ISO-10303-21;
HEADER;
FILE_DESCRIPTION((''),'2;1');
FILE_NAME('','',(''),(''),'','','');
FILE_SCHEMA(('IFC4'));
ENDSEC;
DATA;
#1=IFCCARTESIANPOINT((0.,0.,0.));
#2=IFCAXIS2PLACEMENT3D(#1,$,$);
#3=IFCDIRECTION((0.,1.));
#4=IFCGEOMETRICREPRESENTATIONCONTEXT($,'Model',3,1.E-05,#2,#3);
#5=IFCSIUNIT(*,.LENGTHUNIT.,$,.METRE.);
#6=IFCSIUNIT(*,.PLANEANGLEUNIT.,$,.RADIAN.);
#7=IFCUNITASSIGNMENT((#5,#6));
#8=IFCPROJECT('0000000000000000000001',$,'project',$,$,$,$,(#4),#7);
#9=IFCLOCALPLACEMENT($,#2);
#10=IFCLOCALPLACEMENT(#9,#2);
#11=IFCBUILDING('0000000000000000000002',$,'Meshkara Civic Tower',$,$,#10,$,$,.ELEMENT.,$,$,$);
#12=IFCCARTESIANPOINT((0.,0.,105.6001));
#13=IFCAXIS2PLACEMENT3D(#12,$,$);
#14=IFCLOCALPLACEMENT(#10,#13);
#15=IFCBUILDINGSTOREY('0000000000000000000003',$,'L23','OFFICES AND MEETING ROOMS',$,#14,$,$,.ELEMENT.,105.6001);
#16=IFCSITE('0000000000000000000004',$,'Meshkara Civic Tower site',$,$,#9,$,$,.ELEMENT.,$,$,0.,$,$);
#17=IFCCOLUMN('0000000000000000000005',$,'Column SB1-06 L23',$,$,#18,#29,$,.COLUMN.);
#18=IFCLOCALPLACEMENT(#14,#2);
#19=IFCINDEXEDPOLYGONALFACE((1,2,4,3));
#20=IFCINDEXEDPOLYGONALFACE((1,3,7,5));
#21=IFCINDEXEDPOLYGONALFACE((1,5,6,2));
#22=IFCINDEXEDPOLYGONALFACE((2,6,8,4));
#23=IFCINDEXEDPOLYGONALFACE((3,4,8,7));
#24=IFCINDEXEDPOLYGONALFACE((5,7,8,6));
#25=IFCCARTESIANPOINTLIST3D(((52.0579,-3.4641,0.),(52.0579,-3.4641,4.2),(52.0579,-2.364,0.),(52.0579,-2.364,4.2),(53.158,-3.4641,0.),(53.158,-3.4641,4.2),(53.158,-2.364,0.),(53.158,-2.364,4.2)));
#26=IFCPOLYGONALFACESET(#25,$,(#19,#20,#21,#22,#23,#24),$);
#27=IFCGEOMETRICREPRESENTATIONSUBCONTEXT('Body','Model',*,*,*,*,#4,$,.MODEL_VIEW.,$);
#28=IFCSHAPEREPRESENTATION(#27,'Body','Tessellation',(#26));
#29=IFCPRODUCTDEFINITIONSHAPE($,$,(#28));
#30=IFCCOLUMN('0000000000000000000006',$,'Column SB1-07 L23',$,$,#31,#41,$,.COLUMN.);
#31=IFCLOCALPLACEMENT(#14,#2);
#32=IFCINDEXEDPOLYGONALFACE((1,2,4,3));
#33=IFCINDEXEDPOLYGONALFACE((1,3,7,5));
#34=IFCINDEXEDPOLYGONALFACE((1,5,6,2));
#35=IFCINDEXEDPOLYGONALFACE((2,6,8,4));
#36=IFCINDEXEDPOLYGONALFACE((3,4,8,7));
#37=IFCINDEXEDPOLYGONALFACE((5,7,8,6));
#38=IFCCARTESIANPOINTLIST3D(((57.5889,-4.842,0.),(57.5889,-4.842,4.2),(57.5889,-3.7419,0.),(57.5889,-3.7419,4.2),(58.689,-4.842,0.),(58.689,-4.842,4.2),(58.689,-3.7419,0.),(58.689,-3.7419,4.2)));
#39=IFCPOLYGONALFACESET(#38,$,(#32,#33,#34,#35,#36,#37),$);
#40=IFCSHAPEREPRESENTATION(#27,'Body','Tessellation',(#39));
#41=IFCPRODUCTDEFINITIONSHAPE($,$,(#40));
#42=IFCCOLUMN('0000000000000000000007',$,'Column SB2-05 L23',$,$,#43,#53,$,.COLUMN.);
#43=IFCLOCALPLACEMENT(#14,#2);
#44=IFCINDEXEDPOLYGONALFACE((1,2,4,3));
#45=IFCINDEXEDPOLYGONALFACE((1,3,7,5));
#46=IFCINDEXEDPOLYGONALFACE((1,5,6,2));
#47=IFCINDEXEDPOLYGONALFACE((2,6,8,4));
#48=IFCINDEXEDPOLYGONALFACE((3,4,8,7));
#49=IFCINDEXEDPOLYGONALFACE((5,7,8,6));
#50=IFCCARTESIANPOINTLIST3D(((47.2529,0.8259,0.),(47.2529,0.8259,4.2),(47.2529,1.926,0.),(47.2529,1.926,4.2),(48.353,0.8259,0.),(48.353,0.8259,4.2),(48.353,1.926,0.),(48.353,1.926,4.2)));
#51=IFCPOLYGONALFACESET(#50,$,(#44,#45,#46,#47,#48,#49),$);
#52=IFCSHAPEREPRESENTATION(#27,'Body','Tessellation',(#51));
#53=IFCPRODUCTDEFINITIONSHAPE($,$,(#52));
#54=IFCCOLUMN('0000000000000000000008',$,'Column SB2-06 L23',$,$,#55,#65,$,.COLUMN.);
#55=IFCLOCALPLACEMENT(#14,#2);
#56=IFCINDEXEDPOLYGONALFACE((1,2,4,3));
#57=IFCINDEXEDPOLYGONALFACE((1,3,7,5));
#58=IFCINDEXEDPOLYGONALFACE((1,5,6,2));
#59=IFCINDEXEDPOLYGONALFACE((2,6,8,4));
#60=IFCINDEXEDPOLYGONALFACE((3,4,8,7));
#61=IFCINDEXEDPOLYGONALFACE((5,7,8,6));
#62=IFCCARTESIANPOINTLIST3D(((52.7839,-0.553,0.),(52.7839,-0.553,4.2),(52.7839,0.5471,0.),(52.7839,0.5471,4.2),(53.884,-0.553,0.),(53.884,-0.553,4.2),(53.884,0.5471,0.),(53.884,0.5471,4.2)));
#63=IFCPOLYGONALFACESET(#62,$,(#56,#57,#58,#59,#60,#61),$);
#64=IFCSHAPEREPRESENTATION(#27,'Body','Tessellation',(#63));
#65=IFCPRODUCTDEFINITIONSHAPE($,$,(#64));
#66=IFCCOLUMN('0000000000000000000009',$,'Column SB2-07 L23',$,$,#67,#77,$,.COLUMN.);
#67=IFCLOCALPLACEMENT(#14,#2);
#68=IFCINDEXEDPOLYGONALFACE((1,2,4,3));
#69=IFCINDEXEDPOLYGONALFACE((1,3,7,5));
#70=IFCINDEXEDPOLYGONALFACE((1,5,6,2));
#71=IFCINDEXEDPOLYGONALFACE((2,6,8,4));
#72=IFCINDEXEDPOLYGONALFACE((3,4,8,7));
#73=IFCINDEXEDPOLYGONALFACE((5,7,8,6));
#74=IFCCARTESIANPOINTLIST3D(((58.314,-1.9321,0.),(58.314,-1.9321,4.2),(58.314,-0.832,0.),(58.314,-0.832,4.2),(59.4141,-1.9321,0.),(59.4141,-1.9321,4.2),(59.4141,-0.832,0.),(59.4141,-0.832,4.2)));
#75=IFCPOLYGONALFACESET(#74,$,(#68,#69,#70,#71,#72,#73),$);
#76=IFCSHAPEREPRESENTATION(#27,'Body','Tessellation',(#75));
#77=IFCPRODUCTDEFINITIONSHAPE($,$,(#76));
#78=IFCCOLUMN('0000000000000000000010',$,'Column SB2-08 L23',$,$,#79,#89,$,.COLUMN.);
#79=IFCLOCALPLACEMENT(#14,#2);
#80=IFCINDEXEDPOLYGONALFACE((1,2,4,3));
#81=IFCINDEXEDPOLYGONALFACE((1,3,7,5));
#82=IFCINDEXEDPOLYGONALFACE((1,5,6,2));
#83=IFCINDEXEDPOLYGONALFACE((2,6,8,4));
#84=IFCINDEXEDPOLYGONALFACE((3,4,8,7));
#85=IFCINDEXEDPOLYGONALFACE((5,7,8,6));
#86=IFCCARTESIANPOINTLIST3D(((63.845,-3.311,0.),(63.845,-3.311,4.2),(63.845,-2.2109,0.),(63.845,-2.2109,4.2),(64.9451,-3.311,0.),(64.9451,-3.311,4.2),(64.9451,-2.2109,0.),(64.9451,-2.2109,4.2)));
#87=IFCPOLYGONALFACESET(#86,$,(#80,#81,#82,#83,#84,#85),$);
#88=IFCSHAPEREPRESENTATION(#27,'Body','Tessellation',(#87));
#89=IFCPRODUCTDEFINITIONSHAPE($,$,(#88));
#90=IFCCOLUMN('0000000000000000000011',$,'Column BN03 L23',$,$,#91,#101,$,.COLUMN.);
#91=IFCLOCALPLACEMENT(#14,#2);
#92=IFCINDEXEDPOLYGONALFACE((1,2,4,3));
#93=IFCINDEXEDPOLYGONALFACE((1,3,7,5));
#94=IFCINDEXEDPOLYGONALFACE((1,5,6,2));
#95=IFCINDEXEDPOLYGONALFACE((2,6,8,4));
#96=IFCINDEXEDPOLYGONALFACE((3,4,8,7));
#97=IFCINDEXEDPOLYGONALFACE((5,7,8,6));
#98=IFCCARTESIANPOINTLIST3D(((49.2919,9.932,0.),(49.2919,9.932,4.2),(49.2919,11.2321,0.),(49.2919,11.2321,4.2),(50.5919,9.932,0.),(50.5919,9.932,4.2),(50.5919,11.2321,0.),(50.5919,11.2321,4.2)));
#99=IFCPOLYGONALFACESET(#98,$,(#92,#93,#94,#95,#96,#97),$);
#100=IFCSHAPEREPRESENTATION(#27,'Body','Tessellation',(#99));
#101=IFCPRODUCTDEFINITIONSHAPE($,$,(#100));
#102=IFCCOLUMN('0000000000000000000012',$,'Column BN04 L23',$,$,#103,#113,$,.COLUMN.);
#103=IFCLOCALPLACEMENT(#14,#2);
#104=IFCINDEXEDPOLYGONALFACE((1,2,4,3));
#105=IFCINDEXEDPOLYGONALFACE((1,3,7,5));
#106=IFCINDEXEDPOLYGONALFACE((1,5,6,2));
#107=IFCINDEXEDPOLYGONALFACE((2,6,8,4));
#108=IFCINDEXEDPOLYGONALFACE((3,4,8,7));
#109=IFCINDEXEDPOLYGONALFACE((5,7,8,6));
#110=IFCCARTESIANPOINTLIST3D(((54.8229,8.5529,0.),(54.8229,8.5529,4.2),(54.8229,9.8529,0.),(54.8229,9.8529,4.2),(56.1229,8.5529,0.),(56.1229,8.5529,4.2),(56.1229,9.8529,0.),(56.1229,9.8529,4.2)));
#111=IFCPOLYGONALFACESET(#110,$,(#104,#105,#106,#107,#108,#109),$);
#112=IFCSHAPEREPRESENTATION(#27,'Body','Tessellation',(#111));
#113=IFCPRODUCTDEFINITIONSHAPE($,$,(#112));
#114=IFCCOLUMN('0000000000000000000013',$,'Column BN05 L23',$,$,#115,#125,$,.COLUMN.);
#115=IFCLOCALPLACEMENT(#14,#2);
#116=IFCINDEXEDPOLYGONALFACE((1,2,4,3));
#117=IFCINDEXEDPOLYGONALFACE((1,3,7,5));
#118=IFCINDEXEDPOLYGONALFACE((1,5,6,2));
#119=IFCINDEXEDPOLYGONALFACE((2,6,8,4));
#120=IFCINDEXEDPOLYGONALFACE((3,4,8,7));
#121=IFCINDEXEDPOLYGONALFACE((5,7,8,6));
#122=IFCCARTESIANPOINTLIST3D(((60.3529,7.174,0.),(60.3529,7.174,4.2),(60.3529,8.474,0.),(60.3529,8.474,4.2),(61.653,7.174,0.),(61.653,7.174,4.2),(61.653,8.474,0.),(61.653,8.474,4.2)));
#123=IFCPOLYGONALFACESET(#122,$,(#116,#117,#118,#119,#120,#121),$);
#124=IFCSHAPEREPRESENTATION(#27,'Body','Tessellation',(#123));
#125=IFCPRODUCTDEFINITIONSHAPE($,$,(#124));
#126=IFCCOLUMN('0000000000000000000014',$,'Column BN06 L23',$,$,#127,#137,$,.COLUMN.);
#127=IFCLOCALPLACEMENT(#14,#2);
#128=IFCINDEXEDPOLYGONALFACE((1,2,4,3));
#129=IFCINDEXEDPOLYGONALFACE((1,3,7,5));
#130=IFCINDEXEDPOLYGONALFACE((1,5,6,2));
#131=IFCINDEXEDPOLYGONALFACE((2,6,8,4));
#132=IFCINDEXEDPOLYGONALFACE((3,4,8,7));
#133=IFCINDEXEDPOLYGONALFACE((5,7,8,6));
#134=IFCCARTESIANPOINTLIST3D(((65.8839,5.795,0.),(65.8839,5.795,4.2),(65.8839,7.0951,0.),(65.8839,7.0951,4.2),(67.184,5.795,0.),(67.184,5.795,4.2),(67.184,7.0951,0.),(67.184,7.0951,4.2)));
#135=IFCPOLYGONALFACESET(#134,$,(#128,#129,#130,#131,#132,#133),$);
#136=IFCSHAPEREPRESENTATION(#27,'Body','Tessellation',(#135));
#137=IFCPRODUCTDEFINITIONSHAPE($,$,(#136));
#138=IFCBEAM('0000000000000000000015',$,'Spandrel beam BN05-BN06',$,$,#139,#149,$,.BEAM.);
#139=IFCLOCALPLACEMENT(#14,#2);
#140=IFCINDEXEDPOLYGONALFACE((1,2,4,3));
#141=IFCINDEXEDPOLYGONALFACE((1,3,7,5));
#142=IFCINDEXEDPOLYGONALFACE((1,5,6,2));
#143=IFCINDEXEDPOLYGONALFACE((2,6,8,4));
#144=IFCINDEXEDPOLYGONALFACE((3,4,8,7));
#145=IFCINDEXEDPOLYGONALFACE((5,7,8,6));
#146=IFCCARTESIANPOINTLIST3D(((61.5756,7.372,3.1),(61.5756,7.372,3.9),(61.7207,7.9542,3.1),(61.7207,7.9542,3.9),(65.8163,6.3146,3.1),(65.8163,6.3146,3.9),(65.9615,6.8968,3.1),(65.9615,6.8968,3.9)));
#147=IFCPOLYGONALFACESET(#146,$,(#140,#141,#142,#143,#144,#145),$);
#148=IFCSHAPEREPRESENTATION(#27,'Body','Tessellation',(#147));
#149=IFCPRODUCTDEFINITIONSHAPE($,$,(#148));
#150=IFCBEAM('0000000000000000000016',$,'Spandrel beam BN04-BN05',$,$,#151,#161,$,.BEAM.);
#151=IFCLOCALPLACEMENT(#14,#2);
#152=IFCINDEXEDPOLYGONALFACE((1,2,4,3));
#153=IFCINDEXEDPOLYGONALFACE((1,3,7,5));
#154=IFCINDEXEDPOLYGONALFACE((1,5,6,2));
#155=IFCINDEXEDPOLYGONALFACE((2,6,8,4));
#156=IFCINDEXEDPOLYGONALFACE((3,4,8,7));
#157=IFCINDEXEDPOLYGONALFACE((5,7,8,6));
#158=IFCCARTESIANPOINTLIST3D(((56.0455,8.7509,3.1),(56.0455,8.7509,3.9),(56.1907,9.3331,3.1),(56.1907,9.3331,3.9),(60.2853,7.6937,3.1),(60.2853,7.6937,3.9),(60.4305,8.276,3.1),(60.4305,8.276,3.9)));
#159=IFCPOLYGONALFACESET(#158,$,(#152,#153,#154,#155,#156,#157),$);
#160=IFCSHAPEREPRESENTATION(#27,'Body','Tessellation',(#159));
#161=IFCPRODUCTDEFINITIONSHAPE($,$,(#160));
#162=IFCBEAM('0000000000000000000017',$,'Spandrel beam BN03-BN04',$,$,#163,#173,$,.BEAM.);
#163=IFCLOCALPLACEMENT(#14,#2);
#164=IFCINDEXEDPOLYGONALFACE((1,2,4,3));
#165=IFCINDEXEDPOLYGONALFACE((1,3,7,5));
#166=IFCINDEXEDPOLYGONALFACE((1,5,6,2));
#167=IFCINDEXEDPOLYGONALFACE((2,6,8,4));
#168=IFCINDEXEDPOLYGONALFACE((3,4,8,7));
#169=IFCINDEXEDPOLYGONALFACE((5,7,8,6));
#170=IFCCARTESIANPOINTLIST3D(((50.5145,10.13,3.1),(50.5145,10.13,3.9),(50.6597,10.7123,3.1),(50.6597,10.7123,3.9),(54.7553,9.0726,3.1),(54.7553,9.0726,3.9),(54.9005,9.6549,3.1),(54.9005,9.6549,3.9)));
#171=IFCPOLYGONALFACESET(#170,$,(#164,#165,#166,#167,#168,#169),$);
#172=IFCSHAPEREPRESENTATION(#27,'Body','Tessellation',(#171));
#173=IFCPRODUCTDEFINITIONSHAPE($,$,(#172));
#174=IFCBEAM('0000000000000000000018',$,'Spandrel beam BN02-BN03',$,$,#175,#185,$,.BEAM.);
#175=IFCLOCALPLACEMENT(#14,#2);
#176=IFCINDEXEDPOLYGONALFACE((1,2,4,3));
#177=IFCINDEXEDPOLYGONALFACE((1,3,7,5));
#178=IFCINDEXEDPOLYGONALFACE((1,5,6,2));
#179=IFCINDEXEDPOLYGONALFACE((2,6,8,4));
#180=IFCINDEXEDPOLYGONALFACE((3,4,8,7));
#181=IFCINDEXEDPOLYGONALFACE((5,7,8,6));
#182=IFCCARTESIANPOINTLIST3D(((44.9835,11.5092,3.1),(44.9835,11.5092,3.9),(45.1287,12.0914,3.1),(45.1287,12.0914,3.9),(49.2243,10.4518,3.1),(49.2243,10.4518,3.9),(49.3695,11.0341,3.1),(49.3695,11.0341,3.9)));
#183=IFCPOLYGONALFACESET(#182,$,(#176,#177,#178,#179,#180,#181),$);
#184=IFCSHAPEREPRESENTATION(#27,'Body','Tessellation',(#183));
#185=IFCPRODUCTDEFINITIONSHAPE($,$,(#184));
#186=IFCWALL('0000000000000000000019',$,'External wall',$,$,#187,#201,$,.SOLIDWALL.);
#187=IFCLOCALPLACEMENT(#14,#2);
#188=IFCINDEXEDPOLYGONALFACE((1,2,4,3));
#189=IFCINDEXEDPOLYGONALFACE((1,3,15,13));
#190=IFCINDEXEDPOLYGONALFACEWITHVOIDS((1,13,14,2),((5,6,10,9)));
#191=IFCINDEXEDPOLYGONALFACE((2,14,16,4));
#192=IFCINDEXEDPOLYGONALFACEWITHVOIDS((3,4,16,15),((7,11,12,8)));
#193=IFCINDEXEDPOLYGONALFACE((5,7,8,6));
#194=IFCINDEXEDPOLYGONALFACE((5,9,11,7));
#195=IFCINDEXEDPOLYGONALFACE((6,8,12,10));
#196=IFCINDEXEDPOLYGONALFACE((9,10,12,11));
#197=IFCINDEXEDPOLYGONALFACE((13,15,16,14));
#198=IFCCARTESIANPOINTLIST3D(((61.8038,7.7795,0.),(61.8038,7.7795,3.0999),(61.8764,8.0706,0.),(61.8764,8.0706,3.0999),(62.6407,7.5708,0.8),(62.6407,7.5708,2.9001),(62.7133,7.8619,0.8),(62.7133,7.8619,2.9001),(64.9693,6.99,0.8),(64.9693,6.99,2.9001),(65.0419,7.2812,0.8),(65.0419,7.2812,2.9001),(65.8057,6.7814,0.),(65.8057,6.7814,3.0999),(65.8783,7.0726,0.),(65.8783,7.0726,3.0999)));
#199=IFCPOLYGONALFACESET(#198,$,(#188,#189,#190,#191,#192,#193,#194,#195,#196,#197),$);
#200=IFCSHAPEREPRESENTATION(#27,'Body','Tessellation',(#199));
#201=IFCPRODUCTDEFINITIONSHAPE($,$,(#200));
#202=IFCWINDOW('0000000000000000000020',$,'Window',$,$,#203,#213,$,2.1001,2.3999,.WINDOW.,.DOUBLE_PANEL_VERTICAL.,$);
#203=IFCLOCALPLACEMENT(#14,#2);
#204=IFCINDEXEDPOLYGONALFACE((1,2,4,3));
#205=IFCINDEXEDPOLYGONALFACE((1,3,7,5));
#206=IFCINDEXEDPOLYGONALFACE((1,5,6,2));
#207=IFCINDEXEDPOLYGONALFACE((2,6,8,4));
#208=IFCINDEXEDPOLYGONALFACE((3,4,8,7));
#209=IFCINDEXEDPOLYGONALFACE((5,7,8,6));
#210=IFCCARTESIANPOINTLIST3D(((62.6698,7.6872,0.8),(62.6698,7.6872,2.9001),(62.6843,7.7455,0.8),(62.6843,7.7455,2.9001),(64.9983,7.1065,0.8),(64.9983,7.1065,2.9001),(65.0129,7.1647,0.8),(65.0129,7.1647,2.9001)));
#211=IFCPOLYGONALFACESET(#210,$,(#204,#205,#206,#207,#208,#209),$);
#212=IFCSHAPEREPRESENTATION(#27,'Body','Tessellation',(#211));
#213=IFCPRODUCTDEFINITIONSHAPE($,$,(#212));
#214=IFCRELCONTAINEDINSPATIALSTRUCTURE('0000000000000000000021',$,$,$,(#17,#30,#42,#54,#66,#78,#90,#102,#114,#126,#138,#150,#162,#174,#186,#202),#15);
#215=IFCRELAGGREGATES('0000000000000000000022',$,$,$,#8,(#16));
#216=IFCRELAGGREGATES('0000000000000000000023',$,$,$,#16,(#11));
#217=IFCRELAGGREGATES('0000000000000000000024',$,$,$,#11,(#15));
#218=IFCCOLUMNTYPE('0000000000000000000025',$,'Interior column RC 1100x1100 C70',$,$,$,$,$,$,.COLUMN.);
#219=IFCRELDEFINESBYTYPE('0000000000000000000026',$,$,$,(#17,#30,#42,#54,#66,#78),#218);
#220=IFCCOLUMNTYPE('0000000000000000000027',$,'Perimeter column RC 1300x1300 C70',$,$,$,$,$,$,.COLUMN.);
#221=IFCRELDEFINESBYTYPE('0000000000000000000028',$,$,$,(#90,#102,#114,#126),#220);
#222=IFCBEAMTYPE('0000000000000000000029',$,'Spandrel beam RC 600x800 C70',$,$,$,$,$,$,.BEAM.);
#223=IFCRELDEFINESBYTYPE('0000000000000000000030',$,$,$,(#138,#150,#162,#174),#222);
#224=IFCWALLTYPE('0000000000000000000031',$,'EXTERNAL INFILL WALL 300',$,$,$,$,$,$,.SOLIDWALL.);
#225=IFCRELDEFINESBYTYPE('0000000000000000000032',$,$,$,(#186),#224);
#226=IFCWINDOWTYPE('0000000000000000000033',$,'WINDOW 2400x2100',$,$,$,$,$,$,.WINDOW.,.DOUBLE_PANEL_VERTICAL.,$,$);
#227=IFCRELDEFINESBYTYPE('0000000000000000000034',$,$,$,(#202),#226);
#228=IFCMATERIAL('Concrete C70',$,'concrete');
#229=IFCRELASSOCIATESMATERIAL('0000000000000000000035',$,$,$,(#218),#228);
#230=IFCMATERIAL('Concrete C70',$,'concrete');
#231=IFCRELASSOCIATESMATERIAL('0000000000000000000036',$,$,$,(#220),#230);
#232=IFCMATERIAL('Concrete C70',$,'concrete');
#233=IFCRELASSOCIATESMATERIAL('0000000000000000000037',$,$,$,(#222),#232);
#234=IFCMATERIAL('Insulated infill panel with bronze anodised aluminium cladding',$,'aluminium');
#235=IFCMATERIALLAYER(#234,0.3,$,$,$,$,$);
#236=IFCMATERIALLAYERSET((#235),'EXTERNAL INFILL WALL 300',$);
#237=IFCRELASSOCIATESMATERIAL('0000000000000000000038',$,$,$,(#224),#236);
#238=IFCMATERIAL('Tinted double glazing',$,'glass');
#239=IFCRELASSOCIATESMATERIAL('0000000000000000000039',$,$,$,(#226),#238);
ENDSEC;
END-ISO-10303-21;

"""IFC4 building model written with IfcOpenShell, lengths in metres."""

from ifc_helpers import new_model, si_unit, direction, frame, frame_2d, origin, origin_2d, place, context, subcontext, project, spatial, rectangle, extrude, material, layer, layer_set, material_profile, profile_set, type_object, element, fill, save


model = new_model("IFC4")

# Units and contexts
model_context = context("Model", 3, precision=1e-05, world=origin(), true_north=direction((0.0, 1.0)))
body_context = subcontext(model_context, "Body", "Model", "MODEL_VIEW")
ifc_project = project(units=[si_unit("LENGTHUNIT", "METRE"), si_unit("PLANEANGLEUNIT", "RADIAN")], contexts=[model_context])

# Site, building, storey
site_placement = place(None, origin())
site = spatial("IfcSite", under=ifc_project, at=site_placement, Name="Meshkara Civic Tower site", CompositionType="ELEMENT", RefElevation=0.0)
building_placement = place(site_placement, origin())
building = spatial("IfcBuilding", under=site, at=building_placement, Name="Meshkara Civic Tower", CompositionType="ELEMENT")
storey_placement = place(building_placement, frame((0.0, 0.0, 105.6001)))
storey = spatial("IfcBuildingStorey", under=building, at=storey_placement, Name="L23", Description="OFFICES AND MEETING ROOMS", CompositionType="ELEMENT", Elevation=105.6001)

# Columns
ifc_material_1 = material(Name="Concrete C70", Category="concrete")
ifc_material_profile_1 = material_profile(ifc_material_1, rectangle(XDim=1.1001, YDim=1.1001, at=origin_2d()))
ifc_profile_set_1 = profile_set([ifc_material_profile_1], Name="Concrete C70")
column_type_1 = type_object("IfcColumnType", Name="Interior column RC 1100x1100 C70", PredefinedType="COLUMN", material=ifc_profile_set_1)
for number, where, z_axis, x_axis, name in (
    (1, (52.6079, -2.9141, 0.0), (0.0, 0.0, 1.0), (1.0, 0.0, 0.0), "Column SB1-06 L23"),
    (2, (58.1389, -4.292, 0.0), (0.0, 0.0, 1.0), (1.0, 0.0, 0.0), "Column SB1-07 L23"),
    (3, (47.803, 1.376, 0.0), (0.0, 0.0, 1.0), (1.0, 0.0, 0.0), "Column SB2-05 L23"),
    (4, (53.334, -0.0029, 0.0), (0.0, 0.0, 1.0), (1.0, 0.0, 0.0), "Column SB2-06 L23"),
    (5, (58.864, -1.3821, 0.0), (0.0, 0.0, 1.0), (1.0, 0.0, 0.0), "Column SB2-07 L23"),
    (6, (64.395, -2.761, 0.0), (0.0, 0.0, 1.0), (1.0, 0.0, 0.0), "Column SB2-08 L23"),
):
    element("IfcColumn", number, at=place(storey_placement, frame(where, z_axis=z_axis, x_axis=x_axis)), inside=storey, type_object=column_type_1, Name=name, PredefinedType="COLUMN", context=body_context, shape_type="SweptSolid", body=[
        extrude(rectangle(XDim=1.1001, YDim=1.1001, at=origin_2d()), origin(), (0.0, 0.0, 1.0), 4.2),
    ])
ifc_material_2 = material(Name="Concrete C70", Category="concrete")
ifc_material_profile_2 = material_profile(ifc_material_2, rectangle(XDim=1.3, YDim=1.3, at=origin_2d()))
ifc_profile_set_2 = profile_set([ifc_material_profile_2], Name="Concrete C70")
column_type_2 = type_object("IfcColumnType", Name="Perimeter column RC 1300x1300 C70", PredefinedType="COLUMN", material=ifc_profile_set_2)
for number, where, z_axis, x_axis, name in (
    (7, (49.9419, 10.582, 0.0), (0.0, 0.0, 1.0), (1.0, 0.0, 0.0), "Column BN03 L23"),
    (8, (55.4729, 9.2029, 0.0), (0.0, 0.0, 1.0), (1.0, 0.0, 0.0), "Column BN04 L23"),
    (9, (61.0029, 7.824, 0.0), (0.0, 0.0, 1.0), (1.0, 0.0, 0.0), "Column BN05 L23"),
    (10, (66.5339, 6.4451, 0.0), (0.0, 0.0, 1.0), (1.0, 0.0, 0.0), "Column BN06 L23"),
):
    element("IfcColumn", number, at=place(storey_placement, frame(where, z_axis=z_axis, x_axis=x_axis)), inside=storey, type_object=column_type_2, Name=name, PredefinedType="COLUMN", context=body_context, shape_type="SweptSolid", body=[
        extrude(rectangle(XDim=1.3, YDim=1.3, at=origin_2d()), origin(), (0.0, 0.0, 1.0), 4.2),
    ])

# Beams
ifc_material_3 = material(Name="Concrete C70", Category="concrete")
ifc_material_profile_3 = material_profile(ifc_material_3, rectangle(XDim=0.6001, YDim=0.8, at=origin_2d()))
ifc_profile_set_3 = profile_set([ifc_material_profile_3], Name="Concrete C70")
beam_type = type_object("IfcBeamType", Name="Spandrel beam RC 600x800 C70", PredefinedType="BEAM", material=ifc_profile_set_3)
beam_1_placement = place(storey_placement, frame((65.8889, 6.6057, 3.5), z_axis=(-0.970293, 0.241931, 0.0), x_axis=(-0.241931, -0.970293, 0.0)))
element("IfcBeam", 11, at=beam_1_placement, inside=storey, type_object=beam_type, Name="Spandrel beam BN05-BN06", PredefinedType="BEAM", context=body_context, shape_type="SweptSolid", body=[
    extrude(rectangle(XDim=0.6001, YDim=0.8, at=origin_2d()), origin(), (0.0, 0.0, 1.0), 4.3706),
])
beam_2_placement = place(storey_placement, frame((60.3579, 7.9849, 3.5), z_axis=(-0.970293, 0.241931, 0.0), x_axis=(-0.241931, -0.970293, 0.0)))
element("IfcBeam", 12, at=beam_2_placement, inside=storey, type_object=beam_type, Name="Spandrel beam BN04-BN05", PredefinedType="BEAM", context=body_context, shape_type="SweptSolid", body=[
    extrude(rectangle(XDim=0.6001, YDim=0.8, at=origin_2d()), origin(), (0.0, 0.0, 1.0), 4.3696),
])
for number, where, z_axis, x_axis, name in (
    (13, (54.8279, 9.3638, 3.5), (-0.970293, 0.241931, 0.0), (-0.241931, -0.970293, 0.0), "Spandrel beam BN03-BN04"),
    (14, (49.2969, 10.7429, 3.5), (-0.970293, 0.241931, 0.0), (-0.241931, -0.970293, 0.0), "Spandrel beam BN02-BN03"),
):
    element("IfcBeam", number, at=place(storey_placement, frame(where, z_axis=z_axis, x_axis=x_axis)), inside=storey, type_object=beam_type, Name=name, PredefinedType="BEAM", context=body_context, shape_type="SweptSolid", body=[
        extrude(rectangle(XDim=0.6001, YDim=0.8, at=origin_2d()), origin(), (0.0, 0.0, 1.0), 4.3706),
    ])

# Wall, opening, window
ifc_material_4 = material(Name="Insulated infill panel with bronze anodised aluminium cladding", Category="aluminium")
ifc_layer_1 = layer(ifc_material_4, 0.3)
ifc_layer_set_1 = layer_set([ifc_layer_1], Name="EXTERNAL INFILL WALL 300")
wall_type_1 = type_object("IfcWallType", Name="EXTERNAL INFILL WALL 300", PredefinedType="SOLIDWALL", material=ifc_layer_set_1)
wall_1_placement = place(storey_placement, frame((65.842, 6.927, 0.0), z_axis=(0.0, 0.0, 1.0), x_axis=(-0.970282, 0.241978, 0.0)))
wall_1 = element("IfcWall", 15, at=wall_1_placement, inside=storey, type_object=wall_type_1, Name="External wall", PredefinedType="SOLIDWALL", context=body_context, shape_type="SweptSolid", body=[
    extrude(rectangle(XDim=4.1245, YDim=0.3, at=frame_2d((2.0623, 0.0))), origin(), (0.0, 0.0, 1.0), 3.0999),
])
opening_1_placement = place(wall_1_placement, frame((0.8621, 0.0, 0.8)))
opening_1 = element("IfcOpeningElement", 16, at=opening_1_placement, cuts=wall_1, PredefinedType="OPENING", context=body_context, shape_type="SweptSolid", body=[
    extrude(rectangle(XDim=2.3999, YDim=2.1001, at=frame_2d((1.2, 1.05))), frame((0.0, 0.1599, 0.0), z_axis=(0.0, -1.0, 0.0), x_axis=(1.0, 0.0, 0.0)), (0.0, 0.0, 1.0), 0.3201),
])
ifc_material_5 = material(Name="Tinted double glazing", Category="glass")
window_type = type_object("IfcWindowType", Name="WINDOW 2400x2100", PartitioningType="DOUBLE_PANEL_VERTICAL", PredefinedType="WINDOW", material=ifc_material_5)
window_1_placement = place(opening_1_placement, origin())
window_1 = element("IfcWindow", 17, at=window_1_placement, inside=storey, type_object=window_type, Name="Window", OverallHeight=2.1001, OverallWidth=2.3999, PartitioningType="DOUBLE_PANEL_VERTICAL", PredefinedType="WINDOW", context=body_context, shape_type="SweptSolid", body=[
    extrude(rectangle(XDim=2.3999, YDim=2.1001, at=frame_2d((1.2, 1.05))), frame((0.0, 0.03, 0.0), z_axis=(0.0, -1.0, 0.0), x_axis=(1.0, 0.0, 0.0)), (0.0, 0.0, 1.0), 0.0601),
])
fill(opening_1, window_1)

save(model, "model.ifc")
